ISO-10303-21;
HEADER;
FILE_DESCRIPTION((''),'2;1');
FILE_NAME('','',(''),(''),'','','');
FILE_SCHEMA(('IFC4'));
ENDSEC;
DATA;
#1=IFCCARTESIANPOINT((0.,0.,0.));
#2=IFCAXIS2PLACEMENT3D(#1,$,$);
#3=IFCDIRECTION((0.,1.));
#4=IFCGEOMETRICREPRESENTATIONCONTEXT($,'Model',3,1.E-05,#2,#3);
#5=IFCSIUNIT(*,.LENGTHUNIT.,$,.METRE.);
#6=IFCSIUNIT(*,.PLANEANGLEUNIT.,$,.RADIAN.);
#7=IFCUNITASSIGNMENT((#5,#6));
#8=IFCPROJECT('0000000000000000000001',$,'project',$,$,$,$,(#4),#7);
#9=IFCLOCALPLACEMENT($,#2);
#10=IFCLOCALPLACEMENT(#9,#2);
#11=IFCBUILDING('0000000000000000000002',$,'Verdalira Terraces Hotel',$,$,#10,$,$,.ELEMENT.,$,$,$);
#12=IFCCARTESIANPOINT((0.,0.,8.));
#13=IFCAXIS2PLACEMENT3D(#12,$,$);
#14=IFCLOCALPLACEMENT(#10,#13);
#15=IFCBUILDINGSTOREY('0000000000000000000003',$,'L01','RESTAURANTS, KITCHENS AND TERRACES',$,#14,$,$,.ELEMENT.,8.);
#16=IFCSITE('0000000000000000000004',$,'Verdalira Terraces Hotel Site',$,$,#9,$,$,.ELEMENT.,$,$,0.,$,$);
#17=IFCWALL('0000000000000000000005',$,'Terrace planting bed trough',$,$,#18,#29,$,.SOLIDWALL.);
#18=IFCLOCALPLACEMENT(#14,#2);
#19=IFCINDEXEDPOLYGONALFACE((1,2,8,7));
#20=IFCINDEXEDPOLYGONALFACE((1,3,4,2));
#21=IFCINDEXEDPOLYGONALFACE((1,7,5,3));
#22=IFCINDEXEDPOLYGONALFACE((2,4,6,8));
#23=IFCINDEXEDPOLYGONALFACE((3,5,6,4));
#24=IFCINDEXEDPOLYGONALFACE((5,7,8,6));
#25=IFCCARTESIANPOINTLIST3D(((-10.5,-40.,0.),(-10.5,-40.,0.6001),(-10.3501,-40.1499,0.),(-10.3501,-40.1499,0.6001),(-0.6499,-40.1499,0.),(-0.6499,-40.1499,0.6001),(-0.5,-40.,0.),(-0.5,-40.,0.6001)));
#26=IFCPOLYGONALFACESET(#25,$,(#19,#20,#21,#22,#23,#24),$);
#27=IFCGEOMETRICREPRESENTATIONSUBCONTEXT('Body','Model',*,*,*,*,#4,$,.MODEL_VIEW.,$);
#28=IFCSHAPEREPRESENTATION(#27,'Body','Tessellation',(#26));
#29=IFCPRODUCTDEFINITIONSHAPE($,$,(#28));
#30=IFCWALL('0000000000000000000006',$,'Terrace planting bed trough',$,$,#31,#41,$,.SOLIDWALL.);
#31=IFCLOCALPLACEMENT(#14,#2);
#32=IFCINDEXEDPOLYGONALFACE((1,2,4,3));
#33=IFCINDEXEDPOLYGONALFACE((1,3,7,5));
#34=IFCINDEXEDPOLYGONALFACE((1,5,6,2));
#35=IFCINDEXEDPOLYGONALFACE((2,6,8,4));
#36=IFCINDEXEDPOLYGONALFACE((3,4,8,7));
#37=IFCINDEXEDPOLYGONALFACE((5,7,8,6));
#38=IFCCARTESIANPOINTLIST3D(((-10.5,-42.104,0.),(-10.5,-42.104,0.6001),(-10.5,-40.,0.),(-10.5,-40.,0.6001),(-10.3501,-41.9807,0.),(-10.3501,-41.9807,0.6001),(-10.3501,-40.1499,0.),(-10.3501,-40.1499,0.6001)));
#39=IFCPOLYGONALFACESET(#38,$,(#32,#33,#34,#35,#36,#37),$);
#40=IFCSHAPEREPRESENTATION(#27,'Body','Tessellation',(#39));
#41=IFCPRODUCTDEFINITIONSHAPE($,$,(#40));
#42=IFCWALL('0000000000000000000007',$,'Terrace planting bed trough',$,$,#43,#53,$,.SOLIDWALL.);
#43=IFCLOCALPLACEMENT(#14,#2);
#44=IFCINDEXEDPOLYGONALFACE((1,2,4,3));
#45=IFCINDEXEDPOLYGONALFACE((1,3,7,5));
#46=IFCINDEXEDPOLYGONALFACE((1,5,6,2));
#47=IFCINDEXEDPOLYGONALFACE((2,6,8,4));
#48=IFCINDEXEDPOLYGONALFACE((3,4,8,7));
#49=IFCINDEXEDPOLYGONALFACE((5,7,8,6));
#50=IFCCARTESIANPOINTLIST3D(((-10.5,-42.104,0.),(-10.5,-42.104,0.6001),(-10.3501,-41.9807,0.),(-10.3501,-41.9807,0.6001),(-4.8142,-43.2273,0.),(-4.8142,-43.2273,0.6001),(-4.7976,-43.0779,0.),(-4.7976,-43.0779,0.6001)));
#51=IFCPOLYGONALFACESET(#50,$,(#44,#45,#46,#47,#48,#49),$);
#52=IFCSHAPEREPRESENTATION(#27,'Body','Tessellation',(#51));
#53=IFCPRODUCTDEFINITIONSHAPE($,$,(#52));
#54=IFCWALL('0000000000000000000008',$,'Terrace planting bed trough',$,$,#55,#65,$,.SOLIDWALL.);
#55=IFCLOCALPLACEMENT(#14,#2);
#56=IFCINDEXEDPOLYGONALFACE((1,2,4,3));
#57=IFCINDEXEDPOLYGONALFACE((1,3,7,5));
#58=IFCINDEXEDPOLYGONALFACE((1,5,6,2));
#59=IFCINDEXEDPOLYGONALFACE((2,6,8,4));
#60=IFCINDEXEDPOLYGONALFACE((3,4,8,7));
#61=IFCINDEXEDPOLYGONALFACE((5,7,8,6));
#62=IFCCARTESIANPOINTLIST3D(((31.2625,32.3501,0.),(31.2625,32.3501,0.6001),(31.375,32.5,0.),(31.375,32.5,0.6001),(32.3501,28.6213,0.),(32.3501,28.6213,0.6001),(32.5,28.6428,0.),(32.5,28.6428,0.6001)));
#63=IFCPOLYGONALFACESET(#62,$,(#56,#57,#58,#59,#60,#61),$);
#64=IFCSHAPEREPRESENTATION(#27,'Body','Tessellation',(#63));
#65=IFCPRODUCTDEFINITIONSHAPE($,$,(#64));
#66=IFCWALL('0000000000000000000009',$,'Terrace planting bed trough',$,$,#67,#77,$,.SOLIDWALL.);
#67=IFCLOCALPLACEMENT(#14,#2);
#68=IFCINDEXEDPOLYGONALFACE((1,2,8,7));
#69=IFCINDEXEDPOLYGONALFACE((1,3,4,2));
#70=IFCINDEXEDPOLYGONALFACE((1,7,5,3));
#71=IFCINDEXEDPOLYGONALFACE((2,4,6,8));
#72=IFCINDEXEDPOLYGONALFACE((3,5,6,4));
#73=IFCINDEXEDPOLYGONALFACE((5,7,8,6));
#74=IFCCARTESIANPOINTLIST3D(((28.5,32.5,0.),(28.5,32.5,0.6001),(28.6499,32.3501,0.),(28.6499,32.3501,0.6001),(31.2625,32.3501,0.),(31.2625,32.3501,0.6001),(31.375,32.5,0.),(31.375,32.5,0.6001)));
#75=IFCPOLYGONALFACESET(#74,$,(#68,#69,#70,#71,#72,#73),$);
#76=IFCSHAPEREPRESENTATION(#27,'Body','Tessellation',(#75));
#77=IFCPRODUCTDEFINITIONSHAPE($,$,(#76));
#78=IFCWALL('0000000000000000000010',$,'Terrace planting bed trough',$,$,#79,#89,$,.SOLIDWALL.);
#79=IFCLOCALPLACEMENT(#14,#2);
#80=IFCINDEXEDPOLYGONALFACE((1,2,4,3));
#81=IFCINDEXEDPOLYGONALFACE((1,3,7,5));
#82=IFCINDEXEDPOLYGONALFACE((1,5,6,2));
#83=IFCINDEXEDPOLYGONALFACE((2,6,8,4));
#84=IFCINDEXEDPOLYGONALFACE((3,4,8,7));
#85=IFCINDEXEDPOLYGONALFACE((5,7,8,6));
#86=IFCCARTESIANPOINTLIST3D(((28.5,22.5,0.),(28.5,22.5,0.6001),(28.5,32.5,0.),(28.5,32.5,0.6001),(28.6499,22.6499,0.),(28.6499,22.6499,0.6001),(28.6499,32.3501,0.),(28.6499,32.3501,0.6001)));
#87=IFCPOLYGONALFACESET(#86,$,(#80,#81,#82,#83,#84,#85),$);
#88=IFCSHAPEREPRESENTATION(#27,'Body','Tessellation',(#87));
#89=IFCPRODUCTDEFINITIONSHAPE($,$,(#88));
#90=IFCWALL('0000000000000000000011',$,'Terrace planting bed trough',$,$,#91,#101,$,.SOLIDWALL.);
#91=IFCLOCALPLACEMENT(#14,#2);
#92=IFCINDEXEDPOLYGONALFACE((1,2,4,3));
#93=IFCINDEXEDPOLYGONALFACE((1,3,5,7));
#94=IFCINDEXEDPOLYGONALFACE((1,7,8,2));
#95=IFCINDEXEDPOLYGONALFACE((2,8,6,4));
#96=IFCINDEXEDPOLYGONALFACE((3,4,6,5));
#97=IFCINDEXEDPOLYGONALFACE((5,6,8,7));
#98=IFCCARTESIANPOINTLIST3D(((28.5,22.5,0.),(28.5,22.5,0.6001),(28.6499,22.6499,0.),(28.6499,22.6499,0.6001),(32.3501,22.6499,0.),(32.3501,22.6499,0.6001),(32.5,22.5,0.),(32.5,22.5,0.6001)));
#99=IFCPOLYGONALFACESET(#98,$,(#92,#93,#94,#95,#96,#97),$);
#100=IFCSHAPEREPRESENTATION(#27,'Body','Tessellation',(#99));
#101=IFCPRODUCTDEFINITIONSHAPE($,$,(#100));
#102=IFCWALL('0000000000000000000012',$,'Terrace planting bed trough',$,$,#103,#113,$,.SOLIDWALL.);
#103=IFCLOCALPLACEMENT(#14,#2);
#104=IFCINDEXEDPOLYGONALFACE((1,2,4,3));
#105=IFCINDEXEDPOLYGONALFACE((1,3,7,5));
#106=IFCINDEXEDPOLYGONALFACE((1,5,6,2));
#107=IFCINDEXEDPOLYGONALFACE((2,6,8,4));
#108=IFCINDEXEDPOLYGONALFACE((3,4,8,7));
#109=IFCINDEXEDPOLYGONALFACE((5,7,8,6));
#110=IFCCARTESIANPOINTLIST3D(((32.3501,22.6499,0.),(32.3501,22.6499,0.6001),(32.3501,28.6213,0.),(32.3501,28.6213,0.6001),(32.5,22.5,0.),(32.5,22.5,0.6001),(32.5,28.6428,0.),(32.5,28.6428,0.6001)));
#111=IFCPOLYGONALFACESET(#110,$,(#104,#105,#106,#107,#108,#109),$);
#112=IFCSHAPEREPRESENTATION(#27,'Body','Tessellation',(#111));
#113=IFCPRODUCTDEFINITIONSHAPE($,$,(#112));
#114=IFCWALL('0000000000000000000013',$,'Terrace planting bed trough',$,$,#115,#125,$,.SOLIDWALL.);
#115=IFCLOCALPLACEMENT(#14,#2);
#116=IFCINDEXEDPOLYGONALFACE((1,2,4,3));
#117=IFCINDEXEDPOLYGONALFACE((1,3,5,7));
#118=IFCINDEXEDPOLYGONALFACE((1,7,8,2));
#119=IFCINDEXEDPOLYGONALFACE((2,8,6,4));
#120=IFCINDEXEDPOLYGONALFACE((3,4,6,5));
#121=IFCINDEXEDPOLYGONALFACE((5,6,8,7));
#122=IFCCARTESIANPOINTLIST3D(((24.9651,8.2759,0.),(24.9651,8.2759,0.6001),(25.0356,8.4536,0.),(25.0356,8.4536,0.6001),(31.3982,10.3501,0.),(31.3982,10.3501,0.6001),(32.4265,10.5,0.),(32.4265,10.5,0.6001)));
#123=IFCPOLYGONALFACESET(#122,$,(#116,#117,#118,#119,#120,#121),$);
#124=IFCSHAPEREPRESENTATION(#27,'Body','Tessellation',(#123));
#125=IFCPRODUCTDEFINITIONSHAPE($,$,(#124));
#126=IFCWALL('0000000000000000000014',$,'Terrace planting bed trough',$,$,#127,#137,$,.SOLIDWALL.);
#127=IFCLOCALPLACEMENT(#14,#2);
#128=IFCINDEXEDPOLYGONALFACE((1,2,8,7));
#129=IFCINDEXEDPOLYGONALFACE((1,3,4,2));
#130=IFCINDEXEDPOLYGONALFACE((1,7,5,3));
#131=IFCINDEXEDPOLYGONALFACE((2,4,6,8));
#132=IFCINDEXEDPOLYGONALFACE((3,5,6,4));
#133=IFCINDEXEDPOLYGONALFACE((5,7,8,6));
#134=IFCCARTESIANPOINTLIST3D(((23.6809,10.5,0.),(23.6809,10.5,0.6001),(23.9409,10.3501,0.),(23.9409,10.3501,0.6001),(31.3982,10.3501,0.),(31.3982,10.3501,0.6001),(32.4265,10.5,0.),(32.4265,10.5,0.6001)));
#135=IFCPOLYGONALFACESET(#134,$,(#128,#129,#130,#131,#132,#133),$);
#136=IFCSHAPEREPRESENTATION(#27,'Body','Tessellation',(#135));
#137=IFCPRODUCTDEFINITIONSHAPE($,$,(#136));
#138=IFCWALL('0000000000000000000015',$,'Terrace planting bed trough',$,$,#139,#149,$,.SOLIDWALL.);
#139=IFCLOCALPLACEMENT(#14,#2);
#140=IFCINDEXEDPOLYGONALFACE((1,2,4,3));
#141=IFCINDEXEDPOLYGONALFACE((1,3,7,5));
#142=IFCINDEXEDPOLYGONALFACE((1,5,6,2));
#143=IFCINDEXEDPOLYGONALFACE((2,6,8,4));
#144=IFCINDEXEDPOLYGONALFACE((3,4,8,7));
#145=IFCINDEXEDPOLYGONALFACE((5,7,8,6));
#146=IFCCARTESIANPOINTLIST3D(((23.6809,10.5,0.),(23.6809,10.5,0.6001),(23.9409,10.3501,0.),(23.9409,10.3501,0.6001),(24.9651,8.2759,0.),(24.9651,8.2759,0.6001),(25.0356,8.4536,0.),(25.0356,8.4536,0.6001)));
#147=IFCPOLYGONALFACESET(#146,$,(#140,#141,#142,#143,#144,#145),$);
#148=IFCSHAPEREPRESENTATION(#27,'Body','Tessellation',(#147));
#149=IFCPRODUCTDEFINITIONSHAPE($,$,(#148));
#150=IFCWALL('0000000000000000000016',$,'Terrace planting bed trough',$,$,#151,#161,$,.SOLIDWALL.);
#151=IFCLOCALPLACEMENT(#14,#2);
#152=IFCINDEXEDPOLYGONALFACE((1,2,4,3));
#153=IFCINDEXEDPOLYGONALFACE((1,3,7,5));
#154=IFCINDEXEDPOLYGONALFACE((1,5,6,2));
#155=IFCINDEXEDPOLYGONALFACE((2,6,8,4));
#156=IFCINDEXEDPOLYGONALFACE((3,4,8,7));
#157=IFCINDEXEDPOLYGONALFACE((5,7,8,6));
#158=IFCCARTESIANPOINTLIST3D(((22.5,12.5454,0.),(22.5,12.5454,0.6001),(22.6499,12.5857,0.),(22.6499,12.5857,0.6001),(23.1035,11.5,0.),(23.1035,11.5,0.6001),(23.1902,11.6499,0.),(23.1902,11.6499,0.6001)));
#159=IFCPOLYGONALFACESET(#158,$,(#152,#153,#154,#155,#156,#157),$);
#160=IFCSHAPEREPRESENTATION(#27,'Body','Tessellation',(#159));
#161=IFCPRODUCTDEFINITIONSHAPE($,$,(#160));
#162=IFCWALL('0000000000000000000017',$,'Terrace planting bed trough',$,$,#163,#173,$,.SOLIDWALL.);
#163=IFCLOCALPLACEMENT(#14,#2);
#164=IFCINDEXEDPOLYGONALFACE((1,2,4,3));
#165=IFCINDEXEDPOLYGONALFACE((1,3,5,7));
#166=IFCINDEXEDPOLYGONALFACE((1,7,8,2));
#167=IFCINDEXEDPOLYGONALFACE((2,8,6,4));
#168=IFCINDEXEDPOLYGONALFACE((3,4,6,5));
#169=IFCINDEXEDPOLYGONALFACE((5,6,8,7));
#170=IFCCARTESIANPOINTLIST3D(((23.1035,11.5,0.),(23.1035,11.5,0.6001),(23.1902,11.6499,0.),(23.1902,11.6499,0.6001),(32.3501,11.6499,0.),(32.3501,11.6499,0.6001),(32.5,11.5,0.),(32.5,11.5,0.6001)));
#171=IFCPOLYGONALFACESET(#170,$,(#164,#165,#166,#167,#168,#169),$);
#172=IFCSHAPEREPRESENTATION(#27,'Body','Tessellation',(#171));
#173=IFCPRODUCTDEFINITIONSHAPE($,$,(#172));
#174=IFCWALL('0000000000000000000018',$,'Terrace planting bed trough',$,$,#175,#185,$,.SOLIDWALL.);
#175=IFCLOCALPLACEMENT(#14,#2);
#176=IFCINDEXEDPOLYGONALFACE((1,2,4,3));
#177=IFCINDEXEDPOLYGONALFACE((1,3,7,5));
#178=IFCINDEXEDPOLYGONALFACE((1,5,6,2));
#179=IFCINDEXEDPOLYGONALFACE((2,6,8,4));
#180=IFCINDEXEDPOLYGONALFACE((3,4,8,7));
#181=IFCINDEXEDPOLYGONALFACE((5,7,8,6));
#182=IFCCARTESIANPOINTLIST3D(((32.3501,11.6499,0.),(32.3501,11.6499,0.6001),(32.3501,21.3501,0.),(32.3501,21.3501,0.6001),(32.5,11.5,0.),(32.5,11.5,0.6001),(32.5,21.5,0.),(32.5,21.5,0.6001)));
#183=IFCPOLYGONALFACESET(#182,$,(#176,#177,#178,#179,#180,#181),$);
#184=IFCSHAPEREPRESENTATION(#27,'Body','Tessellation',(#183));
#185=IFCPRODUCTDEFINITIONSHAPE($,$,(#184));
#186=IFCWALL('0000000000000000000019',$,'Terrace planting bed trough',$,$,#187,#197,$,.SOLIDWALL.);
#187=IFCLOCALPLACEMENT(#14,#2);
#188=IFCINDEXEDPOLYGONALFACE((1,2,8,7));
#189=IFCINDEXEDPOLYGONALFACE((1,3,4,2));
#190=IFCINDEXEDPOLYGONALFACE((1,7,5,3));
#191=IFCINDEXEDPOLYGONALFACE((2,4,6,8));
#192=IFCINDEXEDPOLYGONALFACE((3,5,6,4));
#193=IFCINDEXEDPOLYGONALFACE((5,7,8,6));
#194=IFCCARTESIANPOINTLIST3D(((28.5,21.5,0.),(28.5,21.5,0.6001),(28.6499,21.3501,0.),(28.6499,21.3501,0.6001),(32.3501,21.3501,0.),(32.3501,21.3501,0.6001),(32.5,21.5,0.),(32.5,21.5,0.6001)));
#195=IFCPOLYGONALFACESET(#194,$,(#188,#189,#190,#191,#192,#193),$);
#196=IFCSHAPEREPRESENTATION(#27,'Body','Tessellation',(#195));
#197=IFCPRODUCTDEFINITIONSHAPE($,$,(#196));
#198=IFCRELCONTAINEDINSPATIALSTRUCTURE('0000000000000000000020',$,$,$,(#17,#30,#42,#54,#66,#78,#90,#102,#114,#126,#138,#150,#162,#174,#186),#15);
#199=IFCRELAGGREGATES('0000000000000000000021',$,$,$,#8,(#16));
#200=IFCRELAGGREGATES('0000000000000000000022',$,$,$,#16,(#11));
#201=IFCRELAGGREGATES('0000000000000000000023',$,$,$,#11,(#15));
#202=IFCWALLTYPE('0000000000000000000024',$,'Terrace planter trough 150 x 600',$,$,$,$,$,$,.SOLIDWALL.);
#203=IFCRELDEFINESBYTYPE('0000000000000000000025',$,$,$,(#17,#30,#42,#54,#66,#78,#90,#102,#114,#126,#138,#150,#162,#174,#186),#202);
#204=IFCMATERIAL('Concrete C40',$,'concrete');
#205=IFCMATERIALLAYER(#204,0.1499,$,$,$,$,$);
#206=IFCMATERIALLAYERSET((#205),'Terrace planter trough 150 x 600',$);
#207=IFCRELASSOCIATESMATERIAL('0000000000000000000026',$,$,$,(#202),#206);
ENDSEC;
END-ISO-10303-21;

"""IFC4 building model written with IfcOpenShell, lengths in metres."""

from ifc_helpers import new_model, si_unit, direction, frame, origin, place, context, subcontext, project, spatial, polyline, outline, extrude, material, layer, layer_set, type_object, element, save


model = new_model("IFC4")

# Units and contexts
model_context = context("Model", 3, precision=1e-05, world=origin(), true_north=direction((0.0, 1.0)))
body_context = subcontext(model_context, "Body", "Model", "MODEL_VIEW")
ifc_project = project(units=[si_unit("LENGTHUNIT", "METRE"), si_unit("PLANEANGLEUNIT", "RADIAN")], contexts=[model_context])

# Site, building, storey
site_placement = place(None, origin())
site = spatial("IfcSite", under=ifc_project, at=site_placement, Name="Verdalira Terraces Hotel Site", CompositionType="ELEMENT", RefElevation=0.0)
building_placement = place(site_placement, origin())
building = spatial("IfcBuilding", under=site, at=building_placement, Name="Verdalira Terraces Hotel", CompositionType="ELEMENT")
storey_placement = place(building_placement, frame((0.0, 0.0, 8.0)))
storey = spatial("IfcBuildingStorey", under=building, at=storey_placement, Name="L01", Description="RESTAURANTS, KITCHENS AND TERRACES", CompositionType="ELEMENT", Elevation=8.0)

# Walls
ifc_material_1 = material(Name="Concrete C40", Category="concrete")
ifc_layer_1 = layer(ifc_material_1, 0.1499)
ifc_layer_set_1 = layer_set([ifc_layer_1], Name="Terrace planter trough 150 x 600")
wall_type_1 = type_object("IfcWallType", Name="Terrace planter trough 150 x 600", PredefinedType="SOLIDWALL", material=ifc_layer_set_1)
wall_1_placement = place(storey_placement, origin())
element("IfcWall", 1, at=wall_1_placement, inside=storey, type_object=wall_type_1, Name="Terrace planting bed trough", PredefinedType="SOLIDWALL", context=body_context, shape_type="SweptSolid", body=[
    extrude(outline(polyline([(-0.5, -40.0), (-10.5, -40.0), (-10.3501, -40.1499), (-0.6499, -40.1499), (-0.5, -40.0)])), origin(), (0.0, 0.0, 1.0), 0.6001),
])
wall_2_placement = place(storey_placement, origin())
element("IfcWall", 2, at=wall_2_placement, inside=storey, type_object=wall_type_1, Name="Terrace planting bed trough", PredefinedType="SOLIDWALL", context=body_context, shape_type="SweptSolid", body=[
    extrude(outline(polyline([(-10.5, -40.0), (-10.5, -42.104), (-10.3501, -41.9807), (-10.3501, -40.1499), (-10.5, -40.0)])), origin(), (0.0, 0.0, 1.0), 0.6001),
])
wall_3_placement = place(storey_placement, origin())
element("IfcWall", 3, at=wall_3_placement, inside=storey, type_object=wall_type_1, Name="Terrace planting bed trough", PredefinedType="SOLIDWALL", context=body_context, shape_type="SweptSolid", body=[
    extrude(outline(polyline([(-10.5, -42.104), (-4.8142, -43.2273), (-4.7976, -43.0779), (-10.3501, -41.9807), (-10.5, -42.104)])), origin(), (0.0, 0.0, 1.0), 0.6001),
])
wall_4_placement = place(storey_placement, origin())
element("IfcWall", 4, at=wall_4_placement, inside=storey, type_object=wall_type_1, Name="Terrace planting bed trough", PredefinedType="SOLIDWALL", context=body_context, shape_type="SweptSolid", body=[
    extrude(outline(polyline([(32.5, 28.6428), (31.375, 32.5), (31.2625, 32.3501), (32.3501, 28.6213), (32.5, 28.6428)])), origin(), (0.0, 0.0, 1.0), 0.6001),
])
wall_5_placement = place(storey_placement, origin())
element("IfcWall", 5, at=wall_5_placement, inside=storey, type_object=wall_type_1, Name="Terrace planting bed trough", PredefinedType="SOLIDWALL", context=body_context, shape_type="SweptSolid", body=[
    extrude(outline(polyline([(31.375, 32.5), (28.5, 32.5), (28.6499, 32.3501), (31.2625, 32.3501), (31.375, 32.5)])), origin(), (0.0, 0.0, 1.0), 0.6001),
])
wall_6_placement = place(storey_placement, origin())
element("IfcWall", 6, at=wall_6_placement, inside=storey, type_object=wall_type_1, Name="Terrace planting bed trough", PredefinedType="SOLIDWALL", context=body_context, shape_type="SweptSolid", body=[
    extrude(outline(polyline([(28.5, 32.5), (28.5, 22.5), (28.6499, 22.6499), (28.6499, 32.3501), (28.5, 32.5)])), origin(), (0.0, 0.0, 1.0), 0.6001),
])
wall_7_placement = place(storey_placement, origin())
element("IfcWall", 7, at=wall_7_placement, inside=storey, type_object=wall_type_1, Name="Terrace planting bed trough", PredefinedType="SOLIDWALL", context=body_context, shape_type="SweptSolid", body=[
    extrude(outline(polyline([(28.5, 22.5), (32.5, 22.5), (32.3501, 22.6499), (28.6499, 22.6499), (28.5, 22.5)])), origin(), (0.0, 0.0, 1.0), 0.6001),
])
wall_8_placement = place(storey_placement, origin())
element("IfcWall", 8, at=wall_8_placement, inside=storey, type_object=wall_type_1, Name="Terrace planting bed trough", PredefinedType="SOLIDWALL", context=body_context, shape_type="SweptSolid", body=[
    extrude(outline(polyline([(32.5, 22.5), (32.5, 28.6428), (32.3501, 28.6213), (32.3501, 22.6499), (32.5, 22.5)])), origin(), (0.0, 0.0, 1.0), 0.6001),
])
wall_9_placement = place(storey_placement, origin())
element("IfcWall", 9, at=wall_9_placement, inside=storey, type_object=wall_type_1, Name="Terrace planting bed trough", PredefinedType="SOLIDWALL", context=body_context, shape_type="SweptSolid", body=[
    extrude(outline(polyline([(24.9651, 8.2759), (32.4265, 10.5), (31.3982, 10.3501), (25.0356, 8.4536), (24.9651, 8.2759)])), origin(), (0.0, 0.0, 1.0), 0.6001),
])
wall_10_placement = place(storey_placement, origin())
element("IfcWall", 10, at=wall_10_placement, inside=storey, type_object=wall_type_1, Name="Terrace planting bed trough", PredefinedType="SOLIDWALL", context=body_context, shape_type="SweptSolid", body=[
    extrude(outline(polyline([(32.4265, 10.5), (23.6809, 10.5), (23.9409, 10.3501), (31.3982, 10.3501), (32.4265, 10.5)])), origin(), (0.0, 0.0, 1.0), 0.6001),
])
wall_11_placement = place(storey_placement, origin())
element("IfcWall", 11, at=wall_11_placement, inside=storey, type_object=wall_type_1, Name="Terrace planting bed trough", PredefinedType="SOLIDWALL", context=body_context, shape_type="SweptSolid", body=[
    extrude(outline(polyline([(23.6809, 10.5), (24.9651, 8.2759), (25.0356, 8.4536), (23.9409, 10.3501), (23.6809, 10.5)])), origin(), (0.0, 0.0, 1.0), 0.6001),
])
wall_12_placement = place(storey_placement, origin())
element("IfcWall", 12, at=wall_12_placement, inside=storey, type_object=wall_type_1, Name="Terrace planting bed trough", PredefinedType="SOLIDWALL", context=body_context, shape_type="SweptSolid", body=[
    extrude(outline(polyline([(22.5, 12.5454), (23.1035, 11.5), (23.1902, 11.6499), (22.6499, 12.5857), (22.5, 12.5454)])), origin(), (0.0, 0.0, 1.0), 0.6001),
])
wall_13_placement = place(storey_placement, origin())
element("IfcWall", 13, at=wall_13_placement, inside=storey, type_object=wall_type_1, Name="Terrace planting bed trough", PredefinedType="SOLIDWALL", context=body_context, shape_type="SweptSolid", body=[
    extrude(outline(polyline([(23.1035, 11.5), (32.5, 11.5), (32.3501, 11.6499), (23.1902, 11.6499), (23.1035, 11.5)])), origin(), (0.0, 0.0, 1.0), 0.6001),
])
wall_14_placement = place(storey_placement, origin())
element("IfcWall", 14, at=wall_14_placement, inside=storey, type_object=wall_type_1, Name="Terrace planting bed trough", PredefinedType="SOLIDWALL", context=body_context, shape_type="SweptSolid", body=[
    extrude(outline(polyline([(32.5, 11.5), (32.5, 21.5), (32.3501, 21.3501), (32.3501, 11.6499), (32.5, 11.5)])), origin(), (0.0, 0.0, 1.0), 0.6001),
])
wall_15_placement = place(storey_placement, origin())
element("IfcWall", 15, at=wall_15_placement, inside=storey, type_object=wall_type_1, Name="Terrace planting bed trough", PredefinedType="SOLIDWALL", context=body_context, shape_type="SweptSolid", body=[
    extrude(outline(polyline([(32.5, 21.5), (28.5, 21.5), (28.6499, 21.3501), (32.3501, 21.3501), (32.5, 21.5)])), origin(), (0.0, 0.0, 1.0), 0.6001),
])

save(model, "model.ifc")
